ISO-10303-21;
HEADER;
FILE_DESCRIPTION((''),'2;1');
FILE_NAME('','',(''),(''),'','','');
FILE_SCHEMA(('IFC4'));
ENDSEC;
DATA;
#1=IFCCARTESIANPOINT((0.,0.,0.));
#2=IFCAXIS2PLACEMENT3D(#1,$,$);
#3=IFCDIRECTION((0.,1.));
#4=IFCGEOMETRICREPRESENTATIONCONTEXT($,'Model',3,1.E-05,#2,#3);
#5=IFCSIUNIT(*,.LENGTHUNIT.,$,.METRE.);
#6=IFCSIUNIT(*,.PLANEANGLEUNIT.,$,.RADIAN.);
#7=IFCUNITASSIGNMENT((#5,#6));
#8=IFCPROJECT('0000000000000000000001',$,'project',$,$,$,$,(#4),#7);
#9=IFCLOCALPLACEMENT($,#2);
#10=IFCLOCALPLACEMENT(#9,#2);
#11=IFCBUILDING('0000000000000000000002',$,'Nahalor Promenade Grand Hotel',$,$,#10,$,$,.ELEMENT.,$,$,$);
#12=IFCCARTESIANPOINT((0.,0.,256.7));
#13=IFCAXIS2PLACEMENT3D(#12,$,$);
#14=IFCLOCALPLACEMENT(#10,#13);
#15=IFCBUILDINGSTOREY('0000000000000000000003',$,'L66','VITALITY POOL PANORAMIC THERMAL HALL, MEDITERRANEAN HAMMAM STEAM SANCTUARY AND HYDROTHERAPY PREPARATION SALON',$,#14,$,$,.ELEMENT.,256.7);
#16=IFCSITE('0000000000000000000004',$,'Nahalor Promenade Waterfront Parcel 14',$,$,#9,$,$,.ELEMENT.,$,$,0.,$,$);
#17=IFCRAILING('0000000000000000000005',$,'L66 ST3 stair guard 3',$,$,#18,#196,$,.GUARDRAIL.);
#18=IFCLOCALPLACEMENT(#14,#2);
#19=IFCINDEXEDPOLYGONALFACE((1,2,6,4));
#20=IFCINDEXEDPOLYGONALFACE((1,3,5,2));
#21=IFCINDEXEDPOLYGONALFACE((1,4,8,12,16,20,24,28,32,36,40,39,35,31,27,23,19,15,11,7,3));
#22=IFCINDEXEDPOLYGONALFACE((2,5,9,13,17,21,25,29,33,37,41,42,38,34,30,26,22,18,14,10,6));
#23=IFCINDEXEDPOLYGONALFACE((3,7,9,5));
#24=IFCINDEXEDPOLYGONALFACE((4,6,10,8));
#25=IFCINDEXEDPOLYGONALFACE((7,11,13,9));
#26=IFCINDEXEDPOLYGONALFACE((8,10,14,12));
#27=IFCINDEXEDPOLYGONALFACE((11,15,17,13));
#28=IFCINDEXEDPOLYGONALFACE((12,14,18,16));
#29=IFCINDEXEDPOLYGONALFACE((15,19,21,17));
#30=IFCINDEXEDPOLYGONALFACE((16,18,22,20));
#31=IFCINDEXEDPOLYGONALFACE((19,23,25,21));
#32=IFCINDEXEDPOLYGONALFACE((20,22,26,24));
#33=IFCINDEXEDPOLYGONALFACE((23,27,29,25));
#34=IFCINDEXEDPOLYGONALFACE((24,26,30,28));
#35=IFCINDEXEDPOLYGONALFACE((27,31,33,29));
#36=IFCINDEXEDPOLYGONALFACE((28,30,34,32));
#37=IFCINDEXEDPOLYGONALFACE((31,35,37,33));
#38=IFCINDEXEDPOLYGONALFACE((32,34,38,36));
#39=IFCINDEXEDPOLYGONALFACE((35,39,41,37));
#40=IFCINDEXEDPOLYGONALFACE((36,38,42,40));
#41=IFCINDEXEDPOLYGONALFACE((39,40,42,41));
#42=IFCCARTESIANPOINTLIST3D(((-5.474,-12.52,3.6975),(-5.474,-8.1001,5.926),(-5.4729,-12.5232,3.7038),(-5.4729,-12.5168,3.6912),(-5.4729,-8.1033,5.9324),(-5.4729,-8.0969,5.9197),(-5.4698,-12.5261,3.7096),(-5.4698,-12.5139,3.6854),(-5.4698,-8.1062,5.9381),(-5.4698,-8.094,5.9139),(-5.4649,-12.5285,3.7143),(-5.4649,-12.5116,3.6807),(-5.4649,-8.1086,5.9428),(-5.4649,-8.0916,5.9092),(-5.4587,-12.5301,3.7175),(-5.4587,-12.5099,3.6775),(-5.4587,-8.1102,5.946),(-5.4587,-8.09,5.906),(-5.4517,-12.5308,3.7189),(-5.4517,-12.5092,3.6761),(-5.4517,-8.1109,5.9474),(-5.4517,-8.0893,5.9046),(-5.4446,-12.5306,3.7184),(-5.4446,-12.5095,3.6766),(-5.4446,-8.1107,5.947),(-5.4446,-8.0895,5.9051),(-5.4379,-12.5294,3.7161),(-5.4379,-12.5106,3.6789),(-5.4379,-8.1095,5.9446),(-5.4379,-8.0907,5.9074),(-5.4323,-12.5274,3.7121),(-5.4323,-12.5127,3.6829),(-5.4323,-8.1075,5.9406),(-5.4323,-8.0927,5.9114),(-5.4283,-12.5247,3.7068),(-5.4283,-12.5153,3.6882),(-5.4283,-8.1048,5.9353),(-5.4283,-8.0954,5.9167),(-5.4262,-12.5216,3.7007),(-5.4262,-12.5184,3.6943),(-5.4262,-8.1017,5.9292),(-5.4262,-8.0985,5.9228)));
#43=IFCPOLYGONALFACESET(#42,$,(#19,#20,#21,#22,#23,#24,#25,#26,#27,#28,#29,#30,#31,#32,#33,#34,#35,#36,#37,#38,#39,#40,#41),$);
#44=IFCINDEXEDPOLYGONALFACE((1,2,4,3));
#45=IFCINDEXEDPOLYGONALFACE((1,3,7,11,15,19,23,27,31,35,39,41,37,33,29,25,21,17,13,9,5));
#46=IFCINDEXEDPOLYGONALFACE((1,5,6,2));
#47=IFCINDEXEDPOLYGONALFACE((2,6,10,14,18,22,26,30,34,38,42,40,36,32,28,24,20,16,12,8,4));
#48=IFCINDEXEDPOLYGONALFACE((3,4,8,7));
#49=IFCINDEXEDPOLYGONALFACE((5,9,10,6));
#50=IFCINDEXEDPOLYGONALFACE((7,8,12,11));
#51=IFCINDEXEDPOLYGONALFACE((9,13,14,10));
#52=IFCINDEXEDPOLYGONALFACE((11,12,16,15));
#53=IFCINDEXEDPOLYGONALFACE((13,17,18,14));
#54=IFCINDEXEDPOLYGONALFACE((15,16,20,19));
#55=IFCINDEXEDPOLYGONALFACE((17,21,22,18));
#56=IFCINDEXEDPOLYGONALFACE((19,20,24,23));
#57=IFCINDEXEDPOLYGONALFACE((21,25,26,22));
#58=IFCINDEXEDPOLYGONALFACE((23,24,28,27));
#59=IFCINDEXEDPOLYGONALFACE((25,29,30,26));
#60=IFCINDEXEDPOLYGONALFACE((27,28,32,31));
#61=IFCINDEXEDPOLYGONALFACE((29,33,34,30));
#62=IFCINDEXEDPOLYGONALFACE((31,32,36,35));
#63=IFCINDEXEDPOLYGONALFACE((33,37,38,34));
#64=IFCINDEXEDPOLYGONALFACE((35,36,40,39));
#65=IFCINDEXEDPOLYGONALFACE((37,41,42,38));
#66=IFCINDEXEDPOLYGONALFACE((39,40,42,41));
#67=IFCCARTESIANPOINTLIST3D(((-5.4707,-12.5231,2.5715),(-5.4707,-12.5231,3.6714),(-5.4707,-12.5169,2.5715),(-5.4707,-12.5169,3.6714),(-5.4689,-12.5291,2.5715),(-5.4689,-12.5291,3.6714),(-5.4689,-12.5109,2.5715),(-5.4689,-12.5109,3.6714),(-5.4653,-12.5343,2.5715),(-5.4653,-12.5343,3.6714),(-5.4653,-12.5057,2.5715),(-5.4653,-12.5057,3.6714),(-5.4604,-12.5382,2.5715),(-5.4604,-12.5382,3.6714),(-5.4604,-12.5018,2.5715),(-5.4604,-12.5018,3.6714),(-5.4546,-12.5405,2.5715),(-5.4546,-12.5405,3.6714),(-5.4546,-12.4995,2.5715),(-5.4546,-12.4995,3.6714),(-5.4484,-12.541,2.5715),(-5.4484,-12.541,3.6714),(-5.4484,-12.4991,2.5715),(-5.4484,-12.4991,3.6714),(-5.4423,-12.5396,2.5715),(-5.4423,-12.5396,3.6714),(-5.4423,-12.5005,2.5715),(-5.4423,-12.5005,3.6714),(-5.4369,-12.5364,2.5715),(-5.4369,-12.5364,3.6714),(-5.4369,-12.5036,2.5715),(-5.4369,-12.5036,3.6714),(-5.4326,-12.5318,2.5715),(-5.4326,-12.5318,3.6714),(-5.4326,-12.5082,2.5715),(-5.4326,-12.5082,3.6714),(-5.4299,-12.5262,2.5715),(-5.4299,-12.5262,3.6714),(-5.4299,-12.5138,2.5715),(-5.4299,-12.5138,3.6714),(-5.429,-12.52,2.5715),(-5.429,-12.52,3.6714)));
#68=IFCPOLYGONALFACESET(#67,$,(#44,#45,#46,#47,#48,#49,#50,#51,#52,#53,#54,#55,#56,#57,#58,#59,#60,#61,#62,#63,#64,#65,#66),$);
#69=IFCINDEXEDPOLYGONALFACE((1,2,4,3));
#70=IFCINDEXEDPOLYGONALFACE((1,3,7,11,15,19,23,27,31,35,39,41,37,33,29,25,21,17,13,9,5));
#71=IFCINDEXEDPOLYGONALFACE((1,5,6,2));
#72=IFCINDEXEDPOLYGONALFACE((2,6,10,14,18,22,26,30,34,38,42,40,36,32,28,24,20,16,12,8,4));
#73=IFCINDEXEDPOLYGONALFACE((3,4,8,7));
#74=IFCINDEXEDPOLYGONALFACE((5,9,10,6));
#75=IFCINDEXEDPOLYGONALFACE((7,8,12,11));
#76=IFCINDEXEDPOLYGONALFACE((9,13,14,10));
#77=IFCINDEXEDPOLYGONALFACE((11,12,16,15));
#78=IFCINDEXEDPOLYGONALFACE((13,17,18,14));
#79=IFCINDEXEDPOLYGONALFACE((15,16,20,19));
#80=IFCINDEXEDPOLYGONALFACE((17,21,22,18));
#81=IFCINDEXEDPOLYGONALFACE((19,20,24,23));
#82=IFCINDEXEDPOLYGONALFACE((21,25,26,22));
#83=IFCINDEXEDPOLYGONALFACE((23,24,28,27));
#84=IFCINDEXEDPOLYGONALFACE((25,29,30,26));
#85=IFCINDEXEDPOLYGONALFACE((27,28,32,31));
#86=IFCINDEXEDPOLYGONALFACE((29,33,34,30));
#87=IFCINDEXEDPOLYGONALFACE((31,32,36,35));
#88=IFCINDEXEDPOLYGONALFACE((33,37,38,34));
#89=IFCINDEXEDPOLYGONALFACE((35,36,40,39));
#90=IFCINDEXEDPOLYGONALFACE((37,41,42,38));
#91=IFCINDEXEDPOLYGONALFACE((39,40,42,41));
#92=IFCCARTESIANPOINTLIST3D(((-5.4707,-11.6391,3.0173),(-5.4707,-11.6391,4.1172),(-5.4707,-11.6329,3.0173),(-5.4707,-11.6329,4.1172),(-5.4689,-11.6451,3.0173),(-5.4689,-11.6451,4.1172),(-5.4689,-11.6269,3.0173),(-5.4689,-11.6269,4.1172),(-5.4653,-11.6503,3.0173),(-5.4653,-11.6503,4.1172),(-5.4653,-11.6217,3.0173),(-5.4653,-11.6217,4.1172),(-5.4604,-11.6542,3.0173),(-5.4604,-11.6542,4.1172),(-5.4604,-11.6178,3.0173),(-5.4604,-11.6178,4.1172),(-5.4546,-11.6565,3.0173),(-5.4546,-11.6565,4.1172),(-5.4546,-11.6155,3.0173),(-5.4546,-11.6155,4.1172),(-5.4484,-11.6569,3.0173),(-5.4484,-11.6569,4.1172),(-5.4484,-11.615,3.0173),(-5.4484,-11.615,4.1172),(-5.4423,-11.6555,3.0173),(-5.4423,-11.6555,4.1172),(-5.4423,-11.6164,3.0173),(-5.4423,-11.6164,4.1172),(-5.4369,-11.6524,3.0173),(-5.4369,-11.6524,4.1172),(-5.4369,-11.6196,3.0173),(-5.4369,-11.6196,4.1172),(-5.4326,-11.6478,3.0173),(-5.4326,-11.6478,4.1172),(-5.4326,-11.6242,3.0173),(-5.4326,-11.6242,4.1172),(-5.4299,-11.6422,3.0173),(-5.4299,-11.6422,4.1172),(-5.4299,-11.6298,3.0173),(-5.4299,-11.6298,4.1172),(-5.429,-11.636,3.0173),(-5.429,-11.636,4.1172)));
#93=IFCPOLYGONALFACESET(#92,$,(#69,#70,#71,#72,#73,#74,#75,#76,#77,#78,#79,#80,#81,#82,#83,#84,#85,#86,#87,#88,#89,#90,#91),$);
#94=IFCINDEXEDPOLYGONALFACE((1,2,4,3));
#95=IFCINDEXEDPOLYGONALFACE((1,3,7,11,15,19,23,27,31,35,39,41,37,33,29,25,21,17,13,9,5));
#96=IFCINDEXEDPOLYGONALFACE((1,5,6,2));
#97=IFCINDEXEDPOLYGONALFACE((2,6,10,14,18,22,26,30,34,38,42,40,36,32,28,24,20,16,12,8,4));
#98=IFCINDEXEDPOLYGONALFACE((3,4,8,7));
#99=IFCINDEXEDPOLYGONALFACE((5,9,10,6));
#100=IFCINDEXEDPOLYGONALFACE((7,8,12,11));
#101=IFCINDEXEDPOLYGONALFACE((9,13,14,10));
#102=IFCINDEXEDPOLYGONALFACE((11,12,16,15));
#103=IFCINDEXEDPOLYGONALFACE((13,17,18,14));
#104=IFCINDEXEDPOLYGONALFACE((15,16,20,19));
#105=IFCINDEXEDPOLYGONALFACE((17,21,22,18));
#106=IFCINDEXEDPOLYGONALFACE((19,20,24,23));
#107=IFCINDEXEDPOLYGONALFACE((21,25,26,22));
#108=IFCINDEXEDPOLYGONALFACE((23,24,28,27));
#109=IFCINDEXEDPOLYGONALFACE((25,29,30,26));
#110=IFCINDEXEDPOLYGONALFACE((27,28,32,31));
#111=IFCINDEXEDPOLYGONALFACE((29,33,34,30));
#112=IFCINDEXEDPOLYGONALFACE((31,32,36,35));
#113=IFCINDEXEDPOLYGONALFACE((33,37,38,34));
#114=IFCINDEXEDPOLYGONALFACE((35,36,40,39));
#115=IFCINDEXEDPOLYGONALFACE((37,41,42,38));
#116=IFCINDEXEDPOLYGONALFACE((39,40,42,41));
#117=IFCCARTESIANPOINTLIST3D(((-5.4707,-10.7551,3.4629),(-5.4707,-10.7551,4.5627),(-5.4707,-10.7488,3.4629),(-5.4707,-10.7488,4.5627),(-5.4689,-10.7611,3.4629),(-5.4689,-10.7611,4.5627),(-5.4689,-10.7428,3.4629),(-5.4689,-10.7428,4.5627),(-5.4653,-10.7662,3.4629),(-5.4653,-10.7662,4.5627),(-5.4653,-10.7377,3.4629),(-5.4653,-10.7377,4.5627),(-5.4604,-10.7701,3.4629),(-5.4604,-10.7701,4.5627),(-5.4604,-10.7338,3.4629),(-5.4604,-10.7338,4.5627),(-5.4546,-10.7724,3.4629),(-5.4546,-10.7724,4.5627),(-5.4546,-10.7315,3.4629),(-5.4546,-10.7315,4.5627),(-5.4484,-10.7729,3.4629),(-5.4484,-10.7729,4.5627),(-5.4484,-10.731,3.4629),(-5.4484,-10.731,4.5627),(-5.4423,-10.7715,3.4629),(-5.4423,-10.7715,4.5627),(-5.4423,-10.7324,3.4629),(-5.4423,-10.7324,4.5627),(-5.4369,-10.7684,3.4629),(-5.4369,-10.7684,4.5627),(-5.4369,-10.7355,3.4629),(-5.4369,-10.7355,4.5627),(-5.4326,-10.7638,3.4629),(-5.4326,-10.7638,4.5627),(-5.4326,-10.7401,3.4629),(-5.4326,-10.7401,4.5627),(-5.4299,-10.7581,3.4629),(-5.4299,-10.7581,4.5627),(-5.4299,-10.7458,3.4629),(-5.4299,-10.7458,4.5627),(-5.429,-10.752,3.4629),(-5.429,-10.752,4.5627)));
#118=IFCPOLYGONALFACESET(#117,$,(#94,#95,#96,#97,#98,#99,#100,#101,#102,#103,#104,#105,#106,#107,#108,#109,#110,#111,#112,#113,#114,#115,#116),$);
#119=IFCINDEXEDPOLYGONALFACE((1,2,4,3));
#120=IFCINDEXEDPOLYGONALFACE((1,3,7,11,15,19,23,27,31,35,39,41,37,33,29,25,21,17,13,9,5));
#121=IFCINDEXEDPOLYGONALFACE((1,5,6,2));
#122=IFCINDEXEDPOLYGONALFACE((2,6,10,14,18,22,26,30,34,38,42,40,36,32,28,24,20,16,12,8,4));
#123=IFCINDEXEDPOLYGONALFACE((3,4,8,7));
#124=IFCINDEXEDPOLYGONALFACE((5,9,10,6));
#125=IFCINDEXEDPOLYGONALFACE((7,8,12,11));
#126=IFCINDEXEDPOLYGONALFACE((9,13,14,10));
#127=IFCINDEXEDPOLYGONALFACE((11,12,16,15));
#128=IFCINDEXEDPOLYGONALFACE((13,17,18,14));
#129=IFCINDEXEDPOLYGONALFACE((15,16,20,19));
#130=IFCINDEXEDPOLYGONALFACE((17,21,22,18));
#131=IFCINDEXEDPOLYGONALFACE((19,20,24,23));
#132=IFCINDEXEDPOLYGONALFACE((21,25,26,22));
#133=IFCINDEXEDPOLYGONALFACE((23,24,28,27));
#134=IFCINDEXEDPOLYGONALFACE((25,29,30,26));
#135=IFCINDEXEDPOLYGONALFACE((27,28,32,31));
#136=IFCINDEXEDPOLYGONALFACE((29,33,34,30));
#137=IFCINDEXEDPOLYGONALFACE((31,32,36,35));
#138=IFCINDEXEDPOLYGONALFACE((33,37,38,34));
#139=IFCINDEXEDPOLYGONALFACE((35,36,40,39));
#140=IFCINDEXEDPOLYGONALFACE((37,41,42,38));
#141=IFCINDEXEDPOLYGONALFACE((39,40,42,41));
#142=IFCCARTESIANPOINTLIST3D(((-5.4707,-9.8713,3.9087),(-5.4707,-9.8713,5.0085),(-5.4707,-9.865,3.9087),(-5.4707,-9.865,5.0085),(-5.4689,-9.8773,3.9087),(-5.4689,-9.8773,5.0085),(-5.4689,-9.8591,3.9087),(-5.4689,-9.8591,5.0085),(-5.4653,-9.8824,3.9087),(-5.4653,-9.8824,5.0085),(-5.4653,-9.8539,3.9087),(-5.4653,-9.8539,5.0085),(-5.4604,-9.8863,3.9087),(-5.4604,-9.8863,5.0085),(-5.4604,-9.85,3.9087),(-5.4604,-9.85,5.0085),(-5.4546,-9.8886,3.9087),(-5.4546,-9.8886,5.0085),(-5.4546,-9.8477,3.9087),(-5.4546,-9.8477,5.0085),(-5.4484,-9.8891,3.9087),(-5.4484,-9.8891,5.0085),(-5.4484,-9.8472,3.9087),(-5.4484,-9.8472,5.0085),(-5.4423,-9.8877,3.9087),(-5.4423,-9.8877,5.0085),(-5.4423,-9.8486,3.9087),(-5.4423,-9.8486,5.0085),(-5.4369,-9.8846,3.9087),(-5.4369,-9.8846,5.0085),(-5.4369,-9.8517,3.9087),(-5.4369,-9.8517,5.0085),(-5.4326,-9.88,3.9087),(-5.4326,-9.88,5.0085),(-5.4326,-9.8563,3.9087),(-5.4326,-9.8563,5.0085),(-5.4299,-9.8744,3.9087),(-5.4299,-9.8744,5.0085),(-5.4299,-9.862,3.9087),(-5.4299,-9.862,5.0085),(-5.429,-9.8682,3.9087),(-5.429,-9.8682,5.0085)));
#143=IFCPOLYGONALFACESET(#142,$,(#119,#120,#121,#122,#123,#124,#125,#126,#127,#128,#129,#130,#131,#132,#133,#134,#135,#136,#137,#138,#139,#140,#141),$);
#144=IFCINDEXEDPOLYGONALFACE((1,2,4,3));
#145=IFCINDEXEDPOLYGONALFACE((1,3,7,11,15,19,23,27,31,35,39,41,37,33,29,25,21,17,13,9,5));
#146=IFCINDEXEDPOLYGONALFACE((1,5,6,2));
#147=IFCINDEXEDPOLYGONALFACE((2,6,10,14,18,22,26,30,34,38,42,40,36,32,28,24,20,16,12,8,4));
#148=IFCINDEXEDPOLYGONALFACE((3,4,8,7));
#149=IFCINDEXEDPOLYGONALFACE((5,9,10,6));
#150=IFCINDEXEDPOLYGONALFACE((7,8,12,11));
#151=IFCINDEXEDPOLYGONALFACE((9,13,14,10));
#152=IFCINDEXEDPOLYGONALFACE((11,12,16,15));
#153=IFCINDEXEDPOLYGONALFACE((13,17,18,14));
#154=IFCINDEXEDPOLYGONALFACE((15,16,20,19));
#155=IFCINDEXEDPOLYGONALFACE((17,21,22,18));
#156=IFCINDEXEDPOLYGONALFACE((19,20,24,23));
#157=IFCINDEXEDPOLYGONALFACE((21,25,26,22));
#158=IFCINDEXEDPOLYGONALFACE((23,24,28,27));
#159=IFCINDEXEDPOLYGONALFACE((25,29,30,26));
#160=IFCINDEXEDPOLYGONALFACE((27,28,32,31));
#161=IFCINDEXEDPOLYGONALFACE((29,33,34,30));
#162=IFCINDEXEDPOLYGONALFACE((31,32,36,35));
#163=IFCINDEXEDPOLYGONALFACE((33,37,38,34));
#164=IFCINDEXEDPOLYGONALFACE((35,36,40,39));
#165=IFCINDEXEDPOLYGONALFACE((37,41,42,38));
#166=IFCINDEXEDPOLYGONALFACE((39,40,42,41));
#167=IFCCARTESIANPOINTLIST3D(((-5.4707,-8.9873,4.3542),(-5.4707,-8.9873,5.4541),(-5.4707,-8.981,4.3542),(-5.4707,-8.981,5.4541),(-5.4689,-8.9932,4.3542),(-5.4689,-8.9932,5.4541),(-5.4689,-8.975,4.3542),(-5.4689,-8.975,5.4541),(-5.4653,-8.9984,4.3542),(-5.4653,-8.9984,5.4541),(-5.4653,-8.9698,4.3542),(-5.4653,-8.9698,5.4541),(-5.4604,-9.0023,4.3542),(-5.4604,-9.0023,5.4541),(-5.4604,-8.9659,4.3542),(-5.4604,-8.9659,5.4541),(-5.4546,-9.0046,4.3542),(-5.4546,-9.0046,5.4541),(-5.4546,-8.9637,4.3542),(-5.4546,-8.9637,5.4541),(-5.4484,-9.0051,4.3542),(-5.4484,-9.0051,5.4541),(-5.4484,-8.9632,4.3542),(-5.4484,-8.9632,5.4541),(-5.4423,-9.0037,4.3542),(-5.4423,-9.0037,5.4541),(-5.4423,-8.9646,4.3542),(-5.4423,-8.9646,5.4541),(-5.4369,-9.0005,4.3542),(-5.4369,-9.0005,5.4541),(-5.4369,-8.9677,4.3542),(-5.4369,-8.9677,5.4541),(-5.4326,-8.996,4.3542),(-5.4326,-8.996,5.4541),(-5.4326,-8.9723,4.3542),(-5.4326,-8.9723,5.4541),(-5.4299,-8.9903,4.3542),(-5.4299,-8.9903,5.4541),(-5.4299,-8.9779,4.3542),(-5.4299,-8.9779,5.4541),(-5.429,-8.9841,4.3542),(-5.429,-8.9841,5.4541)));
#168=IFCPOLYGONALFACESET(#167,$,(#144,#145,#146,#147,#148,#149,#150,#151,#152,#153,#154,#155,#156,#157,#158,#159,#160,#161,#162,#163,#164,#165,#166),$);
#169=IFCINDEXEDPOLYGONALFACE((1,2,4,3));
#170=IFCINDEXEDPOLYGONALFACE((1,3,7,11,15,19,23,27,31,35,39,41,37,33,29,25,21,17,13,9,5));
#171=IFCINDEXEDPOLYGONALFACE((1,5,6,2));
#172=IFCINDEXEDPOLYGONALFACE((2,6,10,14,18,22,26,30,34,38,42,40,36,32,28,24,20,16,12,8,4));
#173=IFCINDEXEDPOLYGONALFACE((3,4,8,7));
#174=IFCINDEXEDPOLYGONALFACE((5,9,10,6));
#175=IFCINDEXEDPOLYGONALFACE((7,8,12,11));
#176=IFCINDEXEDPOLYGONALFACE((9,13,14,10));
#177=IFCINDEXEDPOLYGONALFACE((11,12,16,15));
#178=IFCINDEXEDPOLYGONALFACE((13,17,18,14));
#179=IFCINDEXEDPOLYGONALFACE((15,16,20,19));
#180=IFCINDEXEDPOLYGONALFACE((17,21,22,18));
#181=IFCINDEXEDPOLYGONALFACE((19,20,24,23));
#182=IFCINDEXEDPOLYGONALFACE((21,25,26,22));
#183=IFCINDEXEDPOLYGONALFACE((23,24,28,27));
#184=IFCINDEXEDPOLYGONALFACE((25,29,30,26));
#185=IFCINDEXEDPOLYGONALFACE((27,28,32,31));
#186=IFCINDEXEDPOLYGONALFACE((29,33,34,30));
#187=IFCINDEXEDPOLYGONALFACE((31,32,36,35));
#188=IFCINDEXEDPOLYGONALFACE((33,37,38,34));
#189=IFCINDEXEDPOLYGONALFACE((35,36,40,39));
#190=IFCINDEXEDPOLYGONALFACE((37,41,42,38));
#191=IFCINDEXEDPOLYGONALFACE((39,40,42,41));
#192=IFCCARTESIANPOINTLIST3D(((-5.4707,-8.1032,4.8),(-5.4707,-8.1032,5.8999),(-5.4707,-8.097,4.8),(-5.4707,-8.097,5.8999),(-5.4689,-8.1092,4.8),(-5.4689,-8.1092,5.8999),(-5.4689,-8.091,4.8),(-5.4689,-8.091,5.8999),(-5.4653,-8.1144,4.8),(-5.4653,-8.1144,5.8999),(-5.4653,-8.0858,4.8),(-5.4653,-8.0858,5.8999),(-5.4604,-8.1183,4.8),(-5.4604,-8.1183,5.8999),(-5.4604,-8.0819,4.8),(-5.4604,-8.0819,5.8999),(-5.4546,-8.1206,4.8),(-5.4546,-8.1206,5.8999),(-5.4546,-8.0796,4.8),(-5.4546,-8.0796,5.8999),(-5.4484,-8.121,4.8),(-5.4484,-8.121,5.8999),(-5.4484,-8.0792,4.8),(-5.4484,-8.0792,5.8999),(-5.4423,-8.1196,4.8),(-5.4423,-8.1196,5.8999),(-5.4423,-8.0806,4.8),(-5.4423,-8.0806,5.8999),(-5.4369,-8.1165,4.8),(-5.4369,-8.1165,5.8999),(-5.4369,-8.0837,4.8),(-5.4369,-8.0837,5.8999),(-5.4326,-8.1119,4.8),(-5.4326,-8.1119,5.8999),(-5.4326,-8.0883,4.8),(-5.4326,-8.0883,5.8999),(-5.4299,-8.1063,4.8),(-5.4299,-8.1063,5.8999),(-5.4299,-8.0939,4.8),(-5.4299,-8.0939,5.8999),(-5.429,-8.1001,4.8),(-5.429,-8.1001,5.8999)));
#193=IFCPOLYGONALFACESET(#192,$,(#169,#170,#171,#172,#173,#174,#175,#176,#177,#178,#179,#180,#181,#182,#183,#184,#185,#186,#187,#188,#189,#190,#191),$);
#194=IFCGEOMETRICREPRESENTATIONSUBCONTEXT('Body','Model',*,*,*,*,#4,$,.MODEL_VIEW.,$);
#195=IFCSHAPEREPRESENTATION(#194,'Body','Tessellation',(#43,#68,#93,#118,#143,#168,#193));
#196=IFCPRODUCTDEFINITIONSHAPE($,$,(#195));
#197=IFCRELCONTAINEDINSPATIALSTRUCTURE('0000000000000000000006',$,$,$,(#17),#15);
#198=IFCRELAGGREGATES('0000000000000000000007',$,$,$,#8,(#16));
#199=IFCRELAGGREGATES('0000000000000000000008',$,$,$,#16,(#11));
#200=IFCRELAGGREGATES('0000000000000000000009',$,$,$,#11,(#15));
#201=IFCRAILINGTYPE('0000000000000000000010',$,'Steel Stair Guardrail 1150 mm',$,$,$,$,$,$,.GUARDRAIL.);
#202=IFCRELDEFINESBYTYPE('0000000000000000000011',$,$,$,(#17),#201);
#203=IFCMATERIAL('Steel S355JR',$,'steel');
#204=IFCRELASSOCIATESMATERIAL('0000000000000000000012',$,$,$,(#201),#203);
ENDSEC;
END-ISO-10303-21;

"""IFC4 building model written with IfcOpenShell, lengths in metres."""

from ifc_helpers import new_model, si_unit, direction, frame, origin, origin_2d, place, context, subcontext, project, spatial, circle, extrude, material, type_object, element, save


model = new_model("IFC4")

# Units and contexts
model_context = context("Model", 3, precision=1e-05, world=origin(), true_north=direction((0.0, 1.0)))
body_context = subcontext(model_context, "Body", "Model", "MODEL_VIEW")
ifc_project = project(units=[si_unit("LENGTHUNIT", "METRE"), si_unit("PLANEANGLEUNIT", "RADIAN")], contexts=[model_context])

# Site, building, storey
site_placement = place(None, origin())
site = spatial("IfcSite", under=ifc_project, at=site_placement, Name="Nahalor Promenade Waterfront Parcel 14", CompositionType="ELEMENT", RefElevation=0.0)
building_placement = place(site_placement, origin())
building = spatial("IfcBuilding", under=site, at=building_placement, Name="Nahalor Promenade Grand Hotel", CompositionType="ELEMENT")
storey_placement = place(building_placement, frame((0.0, 0.0, 256.7)))
storey = spatial("IfcBuildingStorey", under=building, at=storey_placement, Name="L66", Description="VITALITY POOL PANORAMIC THERMAL HALL, MEDITERRANEAN HAMMAM STEAM SANCTUARY AND HYDROTHERAPY PREPARATION SALON", CompositionType="ELEMENT", Elevation=256.7)

# Shared definitions
ifc_material_1 = material(Name="Steel S355JR", Category="steel")

# Railing
railing_type_1 = type_object("IfcRailingType", Name="Steel Stair Guardrail 1150 mm", PredefinedType="GUARDRAIL", material=ifc_material_1)
railing_1_placement = place(storey_placement, frame((-5.45, -12.52, 2.5715)))
element("IfcRailing", 1, at=railing_1_placement, inside=storey, type_object=railing_type_1, Name="L66 ST3 stair guard 3", PredefinedType="GUARDRAIL", context=body_context, shape_type="SweptSolid", body=[
    extrude(circle(Radius=0.024, at=origin_2d()), frame((0.0, 0.0, 1.126), z_axis=(0.0, 0.892923, 0.45021), x_axis=(-1.0, 0.0, 0.0)), (0.0, 0.0, 1.0), 4.95),
    extrude(circle(Radius=0.021, at=origin_2d()), origin(), (0.0, 0.0, 1.0), 1.0999),
    extrude(circle(Radius=0.021, at=origin_2d()), frame((0.0, 0.884, 0.4458)), (0.0, 0.0, 1.0), 1.0999),
    extrude(circle(Radius=0.021, at=origin_2d()), frame((0.0, 1.7681, 0.8914)), (0.0, 0.0, 1.0), 1.0999),
    extrude(circle(Radius=0.021, at=origin_2d()), frame((0.0, 2.6519, 1.3372)), (0.0, 0.0, 1.0), 1.0999),
    extrude(circle(Radius=0.021, at=origin_2d()), frame((0.0, 3.5359, 1.7827)), (0.0, 0.0, 1.0), 1.0999),
    extrude(circle(Radius=0.021, at=origin_2d()), frame((0.0, 4.4199, 2.2285)), (0.0, 0.0, 1.0), 1.0999),
])

save(model, "model.ifc")
